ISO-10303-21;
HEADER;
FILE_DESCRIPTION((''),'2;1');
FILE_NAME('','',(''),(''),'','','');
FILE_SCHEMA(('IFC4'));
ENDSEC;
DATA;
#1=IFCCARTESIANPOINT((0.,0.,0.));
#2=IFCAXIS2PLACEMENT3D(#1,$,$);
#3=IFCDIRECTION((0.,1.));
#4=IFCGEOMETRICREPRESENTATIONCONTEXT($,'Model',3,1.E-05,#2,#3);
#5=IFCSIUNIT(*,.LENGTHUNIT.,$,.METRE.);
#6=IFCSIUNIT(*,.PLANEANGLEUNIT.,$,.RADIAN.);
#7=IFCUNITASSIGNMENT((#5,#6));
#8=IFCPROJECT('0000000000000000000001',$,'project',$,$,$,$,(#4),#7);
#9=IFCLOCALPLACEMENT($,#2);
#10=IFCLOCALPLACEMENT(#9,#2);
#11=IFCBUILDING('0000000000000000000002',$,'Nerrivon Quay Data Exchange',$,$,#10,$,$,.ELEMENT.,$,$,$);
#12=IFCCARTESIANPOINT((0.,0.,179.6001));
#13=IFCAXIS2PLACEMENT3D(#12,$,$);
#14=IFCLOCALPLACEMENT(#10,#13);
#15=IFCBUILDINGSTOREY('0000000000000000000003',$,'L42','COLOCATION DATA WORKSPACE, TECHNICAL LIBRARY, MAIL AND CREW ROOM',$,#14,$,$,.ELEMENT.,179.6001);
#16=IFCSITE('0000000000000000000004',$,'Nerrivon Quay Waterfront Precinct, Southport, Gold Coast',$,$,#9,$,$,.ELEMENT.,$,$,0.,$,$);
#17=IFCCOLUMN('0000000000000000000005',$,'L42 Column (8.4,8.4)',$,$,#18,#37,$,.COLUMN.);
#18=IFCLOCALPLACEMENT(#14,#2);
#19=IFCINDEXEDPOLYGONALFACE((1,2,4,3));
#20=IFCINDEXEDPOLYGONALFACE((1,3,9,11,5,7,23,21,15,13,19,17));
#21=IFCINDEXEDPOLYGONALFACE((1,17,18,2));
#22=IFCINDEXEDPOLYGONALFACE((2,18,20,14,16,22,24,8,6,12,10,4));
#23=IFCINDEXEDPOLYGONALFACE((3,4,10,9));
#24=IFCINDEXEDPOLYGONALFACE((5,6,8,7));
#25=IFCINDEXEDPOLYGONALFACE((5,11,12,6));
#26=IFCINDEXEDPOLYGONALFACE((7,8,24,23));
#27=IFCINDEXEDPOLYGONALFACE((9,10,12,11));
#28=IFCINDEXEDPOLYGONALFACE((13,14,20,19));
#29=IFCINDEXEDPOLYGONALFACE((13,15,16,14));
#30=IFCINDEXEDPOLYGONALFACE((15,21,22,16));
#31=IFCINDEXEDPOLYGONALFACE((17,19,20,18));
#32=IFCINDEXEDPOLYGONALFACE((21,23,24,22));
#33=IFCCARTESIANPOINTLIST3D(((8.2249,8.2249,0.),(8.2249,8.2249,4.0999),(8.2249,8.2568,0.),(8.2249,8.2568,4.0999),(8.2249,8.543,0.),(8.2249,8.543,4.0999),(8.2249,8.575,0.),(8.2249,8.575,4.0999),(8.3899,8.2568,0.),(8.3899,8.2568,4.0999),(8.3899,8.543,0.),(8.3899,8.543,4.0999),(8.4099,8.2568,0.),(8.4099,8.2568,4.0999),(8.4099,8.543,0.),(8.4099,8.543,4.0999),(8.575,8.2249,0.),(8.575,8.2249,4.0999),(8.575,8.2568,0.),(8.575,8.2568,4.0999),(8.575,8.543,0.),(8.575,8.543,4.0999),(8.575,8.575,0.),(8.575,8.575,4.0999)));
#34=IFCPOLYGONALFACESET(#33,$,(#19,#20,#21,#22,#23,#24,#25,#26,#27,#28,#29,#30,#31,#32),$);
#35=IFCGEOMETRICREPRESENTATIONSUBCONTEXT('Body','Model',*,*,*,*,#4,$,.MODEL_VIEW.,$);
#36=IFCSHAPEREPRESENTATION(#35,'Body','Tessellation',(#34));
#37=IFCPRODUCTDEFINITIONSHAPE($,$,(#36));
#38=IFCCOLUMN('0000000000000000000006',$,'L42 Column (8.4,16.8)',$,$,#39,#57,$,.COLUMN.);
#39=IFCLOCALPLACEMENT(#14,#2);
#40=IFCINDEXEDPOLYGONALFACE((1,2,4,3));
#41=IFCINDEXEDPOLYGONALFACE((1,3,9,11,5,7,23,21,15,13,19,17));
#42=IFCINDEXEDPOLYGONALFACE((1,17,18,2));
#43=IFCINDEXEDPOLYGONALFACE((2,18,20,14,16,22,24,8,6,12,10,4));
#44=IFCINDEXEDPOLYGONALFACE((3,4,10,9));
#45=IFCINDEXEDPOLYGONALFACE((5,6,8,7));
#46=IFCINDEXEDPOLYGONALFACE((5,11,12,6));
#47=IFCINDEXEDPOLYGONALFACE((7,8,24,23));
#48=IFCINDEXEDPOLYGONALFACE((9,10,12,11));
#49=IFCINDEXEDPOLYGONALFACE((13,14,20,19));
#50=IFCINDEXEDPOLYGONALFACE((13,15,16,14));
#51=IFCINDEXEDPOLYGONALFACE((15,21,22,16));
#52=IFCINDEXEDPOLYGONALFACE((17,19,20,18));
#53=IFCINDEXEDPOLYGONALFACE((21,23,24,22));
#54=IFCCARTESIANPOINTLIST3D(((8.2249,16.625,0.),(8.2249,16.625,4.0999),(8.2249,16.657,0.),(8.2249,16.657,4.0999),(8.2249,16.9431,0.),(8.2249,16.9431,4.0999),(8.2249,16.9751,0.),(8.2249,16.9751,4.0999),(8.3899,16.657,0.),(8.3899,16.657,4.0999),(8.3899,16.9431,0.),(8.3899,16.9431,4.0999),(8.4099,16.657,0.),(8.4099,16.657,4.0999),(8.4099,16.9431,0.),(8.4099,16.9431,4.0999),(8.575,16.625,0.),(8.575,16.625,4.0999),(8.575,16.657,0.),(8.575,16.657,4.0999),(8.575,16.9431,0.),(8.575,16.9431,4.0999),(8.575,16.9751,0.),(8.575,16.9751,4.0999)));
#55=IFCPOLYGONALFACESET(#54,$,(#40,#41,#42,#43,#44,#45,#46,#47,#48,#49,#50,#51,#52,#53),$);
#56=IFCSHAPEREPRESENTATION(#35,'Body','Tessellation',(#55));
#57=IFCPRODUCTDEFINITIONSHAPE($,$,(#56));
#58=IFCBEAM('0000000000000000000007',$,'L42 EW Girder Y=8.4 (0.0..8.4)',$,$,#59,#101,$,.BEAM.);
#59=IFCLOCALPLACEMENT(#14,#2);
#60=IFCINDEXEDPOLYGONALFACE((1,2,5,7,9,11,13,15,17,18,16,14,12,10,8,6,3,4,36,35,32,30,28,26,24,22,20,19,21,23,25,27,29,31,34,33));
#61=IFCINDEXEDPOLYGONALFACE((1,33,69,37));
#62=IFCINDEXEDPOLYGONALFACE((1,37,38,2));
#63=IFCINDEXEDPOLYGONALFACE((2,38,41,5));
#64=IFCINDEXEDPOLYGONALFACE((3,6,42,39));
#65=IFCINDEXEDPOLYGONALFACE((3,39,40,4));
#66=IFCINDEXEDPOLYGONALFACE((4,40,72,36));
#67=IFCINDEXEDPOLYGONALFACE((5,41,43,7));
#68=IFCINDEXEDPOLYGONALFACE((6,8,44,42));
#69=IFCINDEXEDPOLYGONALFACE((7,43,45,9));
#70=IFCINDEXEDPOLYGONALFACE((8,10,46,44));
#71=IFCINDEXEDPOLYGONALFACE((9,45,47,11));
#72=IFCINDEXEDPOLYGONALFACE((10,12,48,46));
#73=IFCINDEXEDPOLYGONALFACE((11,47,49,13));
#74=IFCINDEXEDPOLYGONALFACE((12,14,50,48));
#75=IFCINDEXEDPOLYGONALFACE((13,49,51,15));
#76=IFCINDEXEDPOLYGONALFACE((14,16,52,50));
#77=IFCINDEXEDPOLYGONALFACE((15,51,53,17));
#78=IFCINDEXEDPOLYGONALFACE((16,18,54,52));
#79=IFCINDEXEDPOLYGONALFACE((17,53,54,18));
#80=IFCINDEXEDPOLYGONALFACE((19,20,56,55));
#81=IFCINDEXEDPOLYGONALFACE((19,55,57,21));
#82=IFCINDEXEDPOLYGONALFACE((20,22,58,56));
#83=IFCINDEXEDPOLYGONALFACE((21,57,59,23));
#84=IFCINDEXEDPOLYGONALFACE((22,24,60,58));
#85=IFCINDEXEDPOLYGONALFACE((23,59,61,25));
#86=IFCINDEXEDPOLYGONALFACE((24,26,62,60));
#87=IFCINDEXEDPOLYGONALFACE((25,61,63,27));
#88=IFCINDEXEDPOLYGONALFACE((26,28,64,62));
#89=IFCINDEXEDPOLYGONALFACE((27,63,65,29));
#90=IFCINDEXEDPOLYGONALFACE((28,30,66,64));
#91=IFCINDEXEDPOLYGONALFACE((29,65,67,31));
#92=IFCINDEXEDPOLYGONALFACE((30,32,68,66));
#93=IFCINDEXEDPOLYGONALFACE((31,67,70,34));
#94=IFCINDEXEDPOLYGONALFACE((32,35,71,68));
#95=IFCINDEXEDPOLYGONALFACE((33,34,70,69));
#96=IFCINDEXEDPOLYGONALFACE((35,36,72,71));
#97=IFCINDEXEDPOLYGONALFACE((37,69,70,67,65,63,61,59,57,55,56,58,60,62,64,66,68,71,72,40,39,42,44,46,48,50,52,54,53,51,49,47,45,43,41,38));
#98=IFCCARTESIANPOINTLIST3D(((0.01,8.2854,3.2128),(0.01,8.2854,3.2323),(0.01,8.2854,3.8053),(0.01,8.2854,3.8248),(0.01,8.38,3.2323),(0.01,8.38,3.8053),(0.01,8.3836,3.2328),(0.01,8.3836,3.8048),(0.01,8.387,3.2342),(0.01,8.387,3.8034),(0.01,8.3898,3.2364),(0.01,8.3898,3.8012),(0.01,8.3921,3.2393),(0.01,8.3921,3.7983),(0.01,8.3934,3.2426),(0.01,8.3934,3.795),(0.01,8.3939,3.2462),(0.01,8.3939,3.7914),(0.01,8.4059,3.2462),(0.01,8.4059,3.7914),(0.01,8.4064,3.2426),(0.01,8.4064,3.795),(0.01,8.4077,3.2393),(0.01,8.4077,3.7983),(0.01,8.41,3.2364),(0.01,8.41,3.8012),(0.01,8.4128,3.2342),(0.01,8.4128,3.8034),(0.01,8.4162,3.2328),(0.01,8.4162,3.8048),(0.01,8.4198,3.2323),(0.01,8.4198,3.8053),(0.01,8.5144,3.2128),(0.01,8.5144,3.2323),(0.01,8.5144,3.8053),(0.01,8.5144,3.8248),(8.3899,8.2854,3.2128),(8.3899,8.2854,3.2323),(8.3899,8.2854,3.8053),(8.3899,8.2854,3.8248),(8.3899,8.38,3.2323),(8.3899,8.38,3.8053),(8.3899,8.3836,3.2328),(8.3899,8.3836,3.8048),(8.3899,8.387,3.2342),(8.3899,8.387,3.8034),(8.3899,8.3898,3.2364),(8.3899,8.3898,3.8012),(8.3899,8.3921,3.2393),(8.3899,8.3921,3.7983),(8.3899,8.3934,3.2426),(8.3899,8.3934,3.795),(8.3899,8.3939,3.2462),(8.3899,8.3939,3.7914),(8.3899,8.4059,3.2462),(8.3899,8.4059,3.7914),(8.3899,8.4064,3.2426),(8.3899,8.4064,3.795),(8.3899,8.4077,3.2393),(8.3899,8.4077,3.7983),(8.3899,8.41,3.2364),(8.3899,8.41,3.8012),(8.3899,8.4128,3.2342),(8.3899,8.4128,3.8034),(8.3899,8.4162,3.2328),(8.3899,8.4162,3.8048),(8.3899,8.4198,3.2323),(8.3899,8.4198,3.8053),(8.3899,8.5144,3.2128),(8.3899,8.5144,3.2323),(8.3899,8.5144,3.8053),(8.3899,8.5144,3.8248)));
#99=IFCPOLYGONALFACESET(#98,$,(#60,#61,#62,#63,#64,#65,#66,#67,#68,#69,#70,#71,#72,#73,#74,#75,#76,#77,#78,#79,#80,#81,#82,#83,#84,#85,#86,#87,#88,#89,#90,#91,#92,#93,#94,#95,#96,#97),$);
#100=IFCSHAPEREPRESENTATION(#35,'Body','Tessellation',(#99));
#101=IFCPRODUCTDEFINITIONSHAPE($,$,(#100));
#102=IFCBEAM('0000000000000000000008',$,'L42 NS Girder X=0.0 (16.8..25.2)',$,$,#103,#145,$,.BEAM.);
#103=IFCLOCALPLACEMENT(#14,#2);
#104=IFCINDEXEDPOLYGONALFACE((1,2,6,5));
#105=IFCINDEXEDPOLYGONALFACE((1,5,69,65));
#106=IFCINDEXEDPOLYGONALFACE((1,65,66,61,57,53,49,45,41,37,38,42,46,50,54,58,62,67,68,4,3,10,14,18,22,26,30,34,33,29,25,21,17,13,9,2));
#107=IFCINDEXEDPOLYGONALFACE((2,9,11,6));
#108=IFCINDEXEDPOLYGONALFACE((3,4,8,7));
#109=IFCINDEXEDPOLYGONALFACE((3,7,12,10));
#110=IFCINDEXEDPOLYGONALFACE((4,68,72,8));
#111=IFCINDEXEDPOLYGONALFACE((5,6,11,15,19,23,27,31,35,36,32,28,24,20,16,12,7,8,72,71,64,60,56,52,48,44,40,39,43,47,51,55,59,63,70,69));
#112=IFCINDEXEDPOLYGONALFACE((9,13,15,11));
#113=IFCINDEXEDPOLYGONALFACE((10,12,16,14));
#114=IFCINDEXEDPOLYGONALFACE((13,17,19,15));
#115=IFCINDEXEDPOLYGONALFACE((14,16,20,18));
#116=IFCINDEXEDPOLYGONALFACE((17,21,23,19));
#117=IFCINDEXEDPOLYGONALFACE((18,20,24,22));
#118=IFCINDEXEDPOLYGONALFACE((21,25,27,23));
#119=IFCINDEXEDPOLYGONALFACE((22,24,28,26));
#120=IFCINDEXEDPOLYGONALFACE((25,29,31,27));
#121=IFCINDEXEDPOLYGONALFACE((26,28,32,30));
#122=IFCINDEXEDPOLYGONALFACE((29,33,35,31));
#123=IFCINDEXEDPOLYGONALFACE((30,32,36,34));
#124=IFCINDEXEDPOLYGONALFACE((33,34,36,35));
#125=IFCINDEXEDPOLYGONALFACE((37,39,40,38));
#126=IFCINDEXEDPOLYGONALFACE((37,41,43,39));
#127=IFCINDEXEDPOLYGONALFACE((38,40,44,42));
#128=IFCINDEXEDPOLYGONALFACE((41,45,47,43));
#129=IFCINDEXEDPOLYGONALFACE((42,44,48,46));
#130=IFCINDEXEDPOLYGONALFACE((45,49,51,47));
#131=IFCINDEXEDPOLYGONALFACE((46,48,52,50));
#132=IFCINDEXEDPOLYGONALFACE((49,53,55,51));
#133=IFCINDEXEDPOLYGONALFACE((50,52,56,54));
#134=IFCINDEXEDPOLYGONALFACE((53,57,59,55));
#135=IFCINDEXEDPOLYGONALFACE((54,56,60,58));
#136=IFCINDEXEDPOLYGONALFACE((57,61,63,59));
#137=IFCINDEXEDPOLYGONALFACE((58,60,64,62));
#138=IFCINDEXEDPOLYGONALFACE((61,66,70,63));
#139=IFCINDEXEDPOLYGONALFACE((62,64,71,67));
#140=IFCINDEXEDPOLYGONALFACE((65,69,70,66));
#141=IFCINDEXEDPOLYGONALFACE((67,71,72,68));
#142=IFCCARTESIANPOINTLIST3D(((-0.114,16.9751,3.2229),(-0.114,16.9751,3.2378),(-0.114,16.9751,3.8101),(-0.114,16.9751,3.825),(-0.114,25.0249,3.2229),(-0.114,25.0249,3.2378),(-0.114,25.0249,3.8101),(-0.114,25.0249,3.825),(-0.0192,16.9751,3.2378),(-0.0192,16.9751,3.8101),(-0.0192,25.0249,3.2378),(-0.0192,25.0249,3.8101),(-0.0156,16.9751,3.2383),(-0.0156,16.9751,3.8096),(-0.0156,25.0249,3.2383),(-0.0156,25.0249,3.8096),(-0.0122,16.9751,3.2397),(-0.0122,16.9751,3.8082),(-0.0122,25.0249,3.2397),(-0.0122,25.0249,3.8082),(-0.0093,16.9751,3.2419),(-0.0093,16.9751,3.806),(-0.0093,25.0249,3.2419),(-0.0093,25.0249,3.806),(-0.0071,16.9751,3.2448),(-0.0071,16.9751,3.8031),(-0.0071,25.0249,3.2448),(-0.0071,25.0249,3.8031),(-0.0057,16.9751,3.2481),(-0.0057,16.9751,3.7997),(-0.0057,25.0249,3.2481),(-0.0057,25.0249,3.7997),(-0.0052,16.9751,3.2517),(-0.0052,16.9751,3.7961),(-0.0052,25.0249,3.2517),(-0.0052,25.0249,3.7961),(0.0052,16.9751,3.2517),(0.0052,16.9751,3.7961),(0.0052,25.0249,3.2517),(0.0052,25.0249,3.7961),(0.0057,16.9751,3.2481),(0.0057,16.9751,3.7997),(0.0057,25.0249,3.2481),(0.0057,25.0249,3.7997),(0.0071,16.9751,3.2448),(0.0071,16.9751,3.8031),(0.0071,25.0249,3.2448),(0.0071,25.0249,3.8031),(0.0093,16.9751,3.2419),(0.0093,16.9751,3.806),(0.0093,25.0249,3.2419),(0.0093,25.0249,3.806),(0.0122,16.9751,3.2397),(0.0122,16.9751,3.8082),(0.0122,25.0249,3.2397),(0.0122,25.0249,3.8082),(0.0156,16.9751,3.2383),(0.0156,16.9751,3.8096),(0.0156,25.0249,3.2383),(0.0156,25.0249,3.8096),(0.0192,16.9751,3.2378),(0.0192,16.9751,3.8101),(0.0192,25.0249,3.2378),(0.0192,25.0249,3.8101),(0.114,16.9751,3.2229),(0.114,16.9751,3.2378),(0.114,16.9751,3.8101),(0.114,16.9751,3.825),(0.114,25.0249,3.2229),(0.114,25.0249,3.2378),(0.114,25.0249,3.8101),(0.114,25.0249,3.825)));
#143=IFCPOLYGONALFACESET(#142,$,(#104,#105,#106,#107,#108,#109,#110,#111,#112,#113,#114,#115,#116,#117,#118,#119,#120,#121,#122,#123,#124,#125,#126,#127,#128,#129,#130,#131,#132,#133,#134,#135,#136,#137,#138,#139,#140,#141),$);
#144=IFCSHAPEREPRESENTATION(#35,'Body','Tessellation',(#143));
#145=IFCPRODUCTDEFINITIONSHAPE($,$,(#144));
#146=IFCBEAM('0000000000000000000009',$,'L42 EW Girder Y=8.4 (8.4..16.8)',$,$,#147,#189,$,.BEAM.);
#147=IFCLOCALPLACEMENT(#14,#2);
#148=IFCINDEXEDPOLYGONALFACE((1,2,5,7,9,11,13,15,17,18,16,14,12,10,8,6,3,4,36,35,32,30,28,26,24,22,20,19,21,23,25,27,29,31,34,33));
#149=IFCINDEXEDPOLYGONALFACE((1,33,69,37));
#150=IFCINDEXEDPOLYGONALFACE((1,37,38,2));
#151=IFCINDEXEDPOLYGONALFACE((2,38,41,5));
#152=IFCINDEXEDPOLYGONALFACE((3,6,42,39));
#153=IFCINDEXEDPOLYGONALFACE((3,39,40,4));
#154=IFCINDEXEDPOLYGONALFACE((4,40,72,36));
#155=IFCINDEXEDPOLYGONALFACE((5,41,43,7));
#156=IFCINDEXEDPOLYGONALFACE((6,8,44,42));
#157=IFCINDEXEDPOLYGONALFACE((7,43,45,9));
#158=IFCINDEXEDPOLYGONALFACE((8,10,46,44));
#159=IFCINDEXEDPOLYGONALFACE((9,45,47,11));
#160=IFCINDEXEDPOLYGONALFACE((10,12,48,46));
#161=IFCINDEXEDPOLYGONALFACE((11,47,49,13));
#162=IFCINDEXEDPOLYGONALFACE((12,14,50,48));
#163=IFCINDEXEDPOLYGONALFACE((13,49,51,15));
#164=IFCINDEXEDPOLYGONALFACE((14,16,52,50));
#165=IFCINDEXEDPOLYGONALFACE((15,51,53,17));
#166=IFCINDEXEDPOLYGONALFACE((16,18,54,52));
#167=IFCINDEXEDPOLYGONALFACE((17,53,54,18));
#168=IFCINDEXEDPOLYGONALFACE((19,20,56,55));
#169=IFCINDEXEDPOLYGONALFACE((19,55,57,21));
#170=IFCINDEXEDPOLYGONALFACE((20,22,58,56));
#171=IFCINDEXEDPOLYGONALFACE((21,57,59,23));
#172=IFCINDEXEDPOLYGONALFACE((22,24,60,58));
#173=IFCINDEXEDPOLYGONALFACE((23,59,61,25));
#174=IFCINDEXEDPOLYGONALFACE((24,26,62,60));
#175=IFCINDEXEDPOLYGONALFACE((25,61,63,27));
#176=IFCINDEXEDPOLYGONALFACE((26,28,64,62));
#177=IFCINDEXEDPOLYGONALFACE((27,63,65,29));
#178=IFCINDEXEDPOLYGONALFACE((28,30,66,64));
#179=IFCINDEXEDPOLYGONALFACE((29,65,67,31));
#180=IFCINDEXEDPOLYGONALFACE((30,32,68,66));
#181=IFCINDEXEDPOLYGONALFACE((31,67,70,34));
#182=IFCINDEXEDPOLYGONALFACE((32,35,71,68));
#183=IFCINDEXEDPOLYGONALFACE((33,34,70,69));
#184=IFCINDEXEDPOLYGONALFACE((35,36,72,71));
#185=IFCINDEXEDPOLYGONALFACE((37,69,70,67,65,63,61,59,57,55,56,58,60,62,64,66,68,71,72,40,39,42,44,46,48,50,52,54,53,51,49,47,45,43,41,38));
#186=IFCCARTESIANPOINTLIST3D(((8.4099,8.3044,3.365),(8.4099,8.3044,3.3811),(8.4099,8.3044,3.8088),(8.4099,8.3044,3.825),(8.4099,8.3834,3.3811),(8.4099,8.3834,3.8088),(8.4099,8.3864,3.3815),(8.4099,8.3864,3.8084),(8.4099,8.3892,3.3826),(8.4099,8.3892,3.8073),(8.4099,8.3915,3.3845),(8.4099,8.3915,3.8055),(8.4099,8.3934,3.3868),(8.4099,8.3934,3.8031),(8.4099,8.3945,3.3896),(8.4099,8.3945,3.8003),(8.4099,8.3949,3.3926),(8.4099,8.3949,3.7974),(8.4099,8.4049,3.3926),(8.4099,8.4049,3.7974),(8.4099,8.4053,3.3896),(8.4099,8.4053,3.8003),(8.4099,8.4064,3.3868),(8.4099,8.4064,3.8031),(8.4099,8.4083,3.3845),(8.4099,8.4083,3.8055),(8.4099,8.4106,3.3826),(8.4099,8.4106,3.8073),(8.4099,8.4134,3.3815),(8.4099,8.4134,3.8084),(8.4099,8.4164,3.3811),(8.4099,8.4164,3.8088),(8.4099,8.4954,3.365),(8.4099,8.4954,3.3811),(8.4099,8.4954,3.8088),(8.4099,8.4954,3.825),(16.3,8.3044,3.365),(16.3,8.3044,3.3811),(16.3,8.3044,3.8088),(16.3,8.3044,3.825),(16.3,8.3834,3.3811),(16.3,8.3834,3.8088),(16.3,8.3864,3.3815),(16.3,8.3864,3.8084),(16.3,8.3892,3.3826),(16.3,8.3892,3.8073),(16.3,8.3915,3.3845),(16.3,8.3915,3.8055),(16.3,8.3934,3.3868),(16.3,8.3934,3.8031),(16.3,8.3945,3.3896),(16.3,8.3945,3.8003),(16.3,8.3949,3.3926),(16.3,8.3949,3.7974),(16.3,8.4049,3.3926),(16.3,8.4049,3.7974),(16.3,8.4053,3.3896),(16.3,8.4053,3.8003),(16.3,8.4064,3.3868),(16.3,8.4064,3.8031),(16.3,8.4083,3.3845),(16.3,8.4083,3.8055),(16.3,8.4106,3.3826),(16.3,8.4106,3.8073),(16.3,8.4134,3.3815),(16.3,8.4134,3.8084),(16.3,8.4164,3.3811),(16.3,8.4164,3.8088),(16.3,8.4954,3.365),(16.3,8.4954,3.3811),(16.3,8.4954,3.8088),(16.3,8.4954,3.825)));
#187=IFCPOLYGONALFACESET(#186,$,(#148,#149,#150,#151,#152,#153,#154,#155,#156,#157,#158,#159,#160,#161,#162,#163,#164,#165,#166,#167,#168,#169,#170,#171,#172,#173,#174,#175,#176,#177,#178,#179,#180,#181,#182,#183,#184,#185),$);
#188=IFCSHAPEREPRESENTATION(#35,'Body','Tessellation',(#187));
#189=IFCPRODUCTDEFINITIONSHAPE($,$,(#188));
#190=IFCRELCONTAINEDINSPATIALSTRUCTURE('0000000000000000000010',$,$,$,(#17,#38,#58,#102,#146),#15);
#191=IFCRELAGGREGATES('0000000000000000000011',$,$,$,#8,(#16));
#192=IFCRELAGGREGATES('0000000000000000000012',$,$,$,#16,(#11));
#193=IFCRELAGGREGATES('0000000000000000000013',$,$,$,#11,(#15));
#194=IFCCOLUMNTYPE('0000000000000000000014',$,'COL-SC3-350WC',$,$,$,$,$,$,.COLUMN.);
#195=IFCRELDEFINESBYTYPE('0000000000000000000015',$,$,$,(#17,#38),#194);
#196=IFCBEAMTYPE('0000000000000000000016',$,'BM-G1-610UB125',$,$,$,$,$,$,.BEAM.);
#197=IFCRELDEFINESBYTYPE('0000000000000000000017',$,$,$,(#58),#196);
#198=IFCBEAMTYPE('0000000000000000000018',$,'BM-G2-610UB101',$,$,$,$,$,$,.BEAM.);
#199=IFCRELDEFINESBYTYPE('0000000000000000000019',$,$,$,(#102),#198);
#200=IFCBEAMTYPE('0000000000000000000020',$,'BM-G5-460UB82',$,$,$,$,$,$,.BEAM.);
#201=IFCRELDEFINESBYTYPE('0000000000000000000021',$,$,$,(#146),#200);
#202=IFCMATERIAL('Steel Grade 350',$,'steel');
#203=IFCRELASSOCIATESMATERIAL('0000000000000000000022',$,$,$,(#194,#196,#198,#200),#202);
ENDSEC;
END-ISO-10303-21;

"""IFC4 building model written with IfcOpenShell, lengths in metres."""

from ifc_helpers import new_model, si_unit, direction, frame, origin, origin_2d, place, context, subcontext, project, spatial, i_section, extrude, material, material_profile, profile_set, type_object, element, save


model = new_model("IFC4")

# Units and contexts
model_context = context("Model", 3, precision=1e-05, world=origin(), true_north=direction((0.0, 1.0)))
body_context = subcontext(model_context, "Body", "Model", "MODEL_VIEW")
ifc_project = project(units=[si_unit("LENGTHUNIT", "METRE"), si_unit("PLANEANGLEUNIT", "RADIAN")], contexts=[model_context])

# Site, building, storey
site_placement = place(None, origin())
site = spatial("IfcSite", under=ifc_project, at=site_placement, Name="Nerrivon Quay Waterfront Precinct, Southport, Gold Coast", CompositionType="ELEMENT", RefElevation=0.0)
building_placement = place(site_placement, origin())
building = spatial("IfcBuilding", under=site, at=building_placement, Name="Nerrivon Quay Data Exchange", CompositionType="ELEMENT")
storey_placement = place(building_placement, frame((0.0, 0.0, 179.6001)))
storey = spatial("IfcBuildingStorey", under=building, at=storey_placement, Name="L42", Description="COLOCATION DATA WORKSPACE, TECHNICAL LIBRARY, MAIL AND CREW ROOM", CompositionType="ELEMENT", Elevation=179.6001)

# Columns
ifc_material_1 = material(Name="Steel Grade 350", Category="steel")
ifc_material_profile_1 = material_profile(ifc_material_1, i_section(OverallWidth=0.3501, OverallDepth=0.3501, WebThickness=0.02, FlangeThickness=0.032, at=origin_2d()), Name="350WC230")
ifc_profile_set_1 = profile_set([ifc_material_profile_1], Name="Steel Grade 350")
column_type = type_object("IfcColumnType", Name="COL-SC3-350WC", PredefinedType="COLUMN", material=ifc_profile_set_1)
for number, where, z_axis, x_axis, name in (
    (1, (8.3999, 8.3999, 0.0), (0.0, 0.0, 1.0), (1.0, 0.0, 0.0), "L42 Column (8.4,8.4)"),
    (2, (8.3999, 16.8, 0.0), (0.0, 0.0, 1.0), (1.0, 0.0, 0.0), "L42 Column (8.4,16.8)"),
):
    element("IfcColumn", number, at=place(storey_placement, frame(where, z_axis=z_axis, x_axis=x_axis)), inside=storey, type_object=column_type, Name=name, PredefinedType="COLUMN", context=body_context, shape_type="SweptSolid", body=[
        extrude(i_section(OverallWidth=0.3501, OverallDepth=0.3501, WebThickness=0.02, FlangeThickness=0.032, at=origin_2d()), origin(), (0.0, 0.0, 1.0), 4.0999),
    ])

# Beams
ifc_material_profile_2 = material_profile(ifc_material_1, i_section(OverallWidth=0.229, OverallDepth=0.6121, WebThickness=0.012, FlangeThickness=0.0195, FilletRadius=0.0139, at=origin_2d()), Name="610UB125")
ifc_profile_set_2 = profile_set([ifc_material_profile_2], Name="Steel Grade 350")
beam_type_1 = type_object("IfcBeamType", Name="BM-G1-610UB125", PredefinedType="BEAM", material=ifc_profile_set_2)
beam_1_placement = place(storey_placement, frame((0.01, 8.3999, 3.5188), z_axis=(1.0, 0.0, 0.0), x_axis=(0.0, 1.0, 0.0)))
element("IfcBeam", 3, at=beam_1_placement, inside=storey, type_object=beam_type_1, Name="L42 EW Girder Y=8.4 (0.0..8.4)", PredefinedType="BEAM", context=body_context, shape_type="SweptSolid", body=[
    extrude(i_section(OverallWidth=0.229, OverallDepth=0.6121, WebThickness=0.012, FlangeThickness=0.0195, FilletRadius=0.0139, at=origin_2d()), origin(), (0.0, 0.0, 1.0), 8.3799),
])
ifc_material_profile_3 = material_profile(ifc_material_1, i_section(OverallWidth=0.228, OverallDepth=0.6021, WebThickness=0.0105, FlangeThickness=0.0149, FilletRadius=0.0139, at=origin_2d()), Name="610UB101")
ifc_profile_set_3 = profile_set([ifc_material_profile_3], Name="Steel Grade 350")
beam_type_2 = type_object("IfcBeamType", Name="BM-G2-610UB101", PredefinedType="BEAM", material=ifc_profile_set_3)
beam_2_placement = place(storey_placement, frame((0.0, 16.9751, 3.5239), z_axis=(0.0, 1.0, 0.0), x_axis=(-1.0, 0.0, 0.0)))
element("IfcBeam", 4, at=beam_2_placement, inside=storey, type_object=beam_type_2, Name="L42 NS Girder X=0.0 (16.8..25.2)", PredefinedType="BEAM", context=body_context, shape_type="SweptSolid", body=[
    extrude(i_section(OverallWidth=0.228, OverallDepth=0.6021, WebThickness=0.0105, FlangeThickness=0.0149, FilletRadius=0.0139, at=origin_2d()), origin(), (0.0, 0.0, 1.0), 8.0498),
])
ifc_material_profile_4 = material_profile(ifc_material_1, i_section(OverallWidth=0.1909, OverallDepth=0.46, WebThickness=0.01, FlangeThickness=0.0161, FilletRadius=0.0115, at=origin_2d()), Name="460UB82.1")
ifc_profile_set_4 = profile_set([ifc_material_profile_4], Name="Steel Grade 350")
beam_type_3 = type_object("IfcBeamType", Name="BM-G5-460UB82", PredefinedType="BEAM", material=ifc_profile_set_4)
beam_3_placement = place(storey_placement, frame((8.4099, 8.3999, 3.595), z_axis=(1.0, 0.0, 0.0), x_axis=(0.0, 1.0, 0.0)))
element("IfcBeam", 5, at=beam_3_placement, inside=storey, type_object=beam_type_3, Name="L42 EW Girder Y=8.4 (8.4..16.8)", PredefinedType="BEAM", context=body_context, shape_type="SweptSolid", body=[
    extrude(i_section(OverallWidth=0.1909, OverallDepth=0.46, WebThickness=0.01, FlangeThickness=0.0161, FilletRadius=0.0115, at=origin_2d()), origin(), (0.0, 0.0, 1.0), 7.8901),
])

save(model, "model.ifc")
